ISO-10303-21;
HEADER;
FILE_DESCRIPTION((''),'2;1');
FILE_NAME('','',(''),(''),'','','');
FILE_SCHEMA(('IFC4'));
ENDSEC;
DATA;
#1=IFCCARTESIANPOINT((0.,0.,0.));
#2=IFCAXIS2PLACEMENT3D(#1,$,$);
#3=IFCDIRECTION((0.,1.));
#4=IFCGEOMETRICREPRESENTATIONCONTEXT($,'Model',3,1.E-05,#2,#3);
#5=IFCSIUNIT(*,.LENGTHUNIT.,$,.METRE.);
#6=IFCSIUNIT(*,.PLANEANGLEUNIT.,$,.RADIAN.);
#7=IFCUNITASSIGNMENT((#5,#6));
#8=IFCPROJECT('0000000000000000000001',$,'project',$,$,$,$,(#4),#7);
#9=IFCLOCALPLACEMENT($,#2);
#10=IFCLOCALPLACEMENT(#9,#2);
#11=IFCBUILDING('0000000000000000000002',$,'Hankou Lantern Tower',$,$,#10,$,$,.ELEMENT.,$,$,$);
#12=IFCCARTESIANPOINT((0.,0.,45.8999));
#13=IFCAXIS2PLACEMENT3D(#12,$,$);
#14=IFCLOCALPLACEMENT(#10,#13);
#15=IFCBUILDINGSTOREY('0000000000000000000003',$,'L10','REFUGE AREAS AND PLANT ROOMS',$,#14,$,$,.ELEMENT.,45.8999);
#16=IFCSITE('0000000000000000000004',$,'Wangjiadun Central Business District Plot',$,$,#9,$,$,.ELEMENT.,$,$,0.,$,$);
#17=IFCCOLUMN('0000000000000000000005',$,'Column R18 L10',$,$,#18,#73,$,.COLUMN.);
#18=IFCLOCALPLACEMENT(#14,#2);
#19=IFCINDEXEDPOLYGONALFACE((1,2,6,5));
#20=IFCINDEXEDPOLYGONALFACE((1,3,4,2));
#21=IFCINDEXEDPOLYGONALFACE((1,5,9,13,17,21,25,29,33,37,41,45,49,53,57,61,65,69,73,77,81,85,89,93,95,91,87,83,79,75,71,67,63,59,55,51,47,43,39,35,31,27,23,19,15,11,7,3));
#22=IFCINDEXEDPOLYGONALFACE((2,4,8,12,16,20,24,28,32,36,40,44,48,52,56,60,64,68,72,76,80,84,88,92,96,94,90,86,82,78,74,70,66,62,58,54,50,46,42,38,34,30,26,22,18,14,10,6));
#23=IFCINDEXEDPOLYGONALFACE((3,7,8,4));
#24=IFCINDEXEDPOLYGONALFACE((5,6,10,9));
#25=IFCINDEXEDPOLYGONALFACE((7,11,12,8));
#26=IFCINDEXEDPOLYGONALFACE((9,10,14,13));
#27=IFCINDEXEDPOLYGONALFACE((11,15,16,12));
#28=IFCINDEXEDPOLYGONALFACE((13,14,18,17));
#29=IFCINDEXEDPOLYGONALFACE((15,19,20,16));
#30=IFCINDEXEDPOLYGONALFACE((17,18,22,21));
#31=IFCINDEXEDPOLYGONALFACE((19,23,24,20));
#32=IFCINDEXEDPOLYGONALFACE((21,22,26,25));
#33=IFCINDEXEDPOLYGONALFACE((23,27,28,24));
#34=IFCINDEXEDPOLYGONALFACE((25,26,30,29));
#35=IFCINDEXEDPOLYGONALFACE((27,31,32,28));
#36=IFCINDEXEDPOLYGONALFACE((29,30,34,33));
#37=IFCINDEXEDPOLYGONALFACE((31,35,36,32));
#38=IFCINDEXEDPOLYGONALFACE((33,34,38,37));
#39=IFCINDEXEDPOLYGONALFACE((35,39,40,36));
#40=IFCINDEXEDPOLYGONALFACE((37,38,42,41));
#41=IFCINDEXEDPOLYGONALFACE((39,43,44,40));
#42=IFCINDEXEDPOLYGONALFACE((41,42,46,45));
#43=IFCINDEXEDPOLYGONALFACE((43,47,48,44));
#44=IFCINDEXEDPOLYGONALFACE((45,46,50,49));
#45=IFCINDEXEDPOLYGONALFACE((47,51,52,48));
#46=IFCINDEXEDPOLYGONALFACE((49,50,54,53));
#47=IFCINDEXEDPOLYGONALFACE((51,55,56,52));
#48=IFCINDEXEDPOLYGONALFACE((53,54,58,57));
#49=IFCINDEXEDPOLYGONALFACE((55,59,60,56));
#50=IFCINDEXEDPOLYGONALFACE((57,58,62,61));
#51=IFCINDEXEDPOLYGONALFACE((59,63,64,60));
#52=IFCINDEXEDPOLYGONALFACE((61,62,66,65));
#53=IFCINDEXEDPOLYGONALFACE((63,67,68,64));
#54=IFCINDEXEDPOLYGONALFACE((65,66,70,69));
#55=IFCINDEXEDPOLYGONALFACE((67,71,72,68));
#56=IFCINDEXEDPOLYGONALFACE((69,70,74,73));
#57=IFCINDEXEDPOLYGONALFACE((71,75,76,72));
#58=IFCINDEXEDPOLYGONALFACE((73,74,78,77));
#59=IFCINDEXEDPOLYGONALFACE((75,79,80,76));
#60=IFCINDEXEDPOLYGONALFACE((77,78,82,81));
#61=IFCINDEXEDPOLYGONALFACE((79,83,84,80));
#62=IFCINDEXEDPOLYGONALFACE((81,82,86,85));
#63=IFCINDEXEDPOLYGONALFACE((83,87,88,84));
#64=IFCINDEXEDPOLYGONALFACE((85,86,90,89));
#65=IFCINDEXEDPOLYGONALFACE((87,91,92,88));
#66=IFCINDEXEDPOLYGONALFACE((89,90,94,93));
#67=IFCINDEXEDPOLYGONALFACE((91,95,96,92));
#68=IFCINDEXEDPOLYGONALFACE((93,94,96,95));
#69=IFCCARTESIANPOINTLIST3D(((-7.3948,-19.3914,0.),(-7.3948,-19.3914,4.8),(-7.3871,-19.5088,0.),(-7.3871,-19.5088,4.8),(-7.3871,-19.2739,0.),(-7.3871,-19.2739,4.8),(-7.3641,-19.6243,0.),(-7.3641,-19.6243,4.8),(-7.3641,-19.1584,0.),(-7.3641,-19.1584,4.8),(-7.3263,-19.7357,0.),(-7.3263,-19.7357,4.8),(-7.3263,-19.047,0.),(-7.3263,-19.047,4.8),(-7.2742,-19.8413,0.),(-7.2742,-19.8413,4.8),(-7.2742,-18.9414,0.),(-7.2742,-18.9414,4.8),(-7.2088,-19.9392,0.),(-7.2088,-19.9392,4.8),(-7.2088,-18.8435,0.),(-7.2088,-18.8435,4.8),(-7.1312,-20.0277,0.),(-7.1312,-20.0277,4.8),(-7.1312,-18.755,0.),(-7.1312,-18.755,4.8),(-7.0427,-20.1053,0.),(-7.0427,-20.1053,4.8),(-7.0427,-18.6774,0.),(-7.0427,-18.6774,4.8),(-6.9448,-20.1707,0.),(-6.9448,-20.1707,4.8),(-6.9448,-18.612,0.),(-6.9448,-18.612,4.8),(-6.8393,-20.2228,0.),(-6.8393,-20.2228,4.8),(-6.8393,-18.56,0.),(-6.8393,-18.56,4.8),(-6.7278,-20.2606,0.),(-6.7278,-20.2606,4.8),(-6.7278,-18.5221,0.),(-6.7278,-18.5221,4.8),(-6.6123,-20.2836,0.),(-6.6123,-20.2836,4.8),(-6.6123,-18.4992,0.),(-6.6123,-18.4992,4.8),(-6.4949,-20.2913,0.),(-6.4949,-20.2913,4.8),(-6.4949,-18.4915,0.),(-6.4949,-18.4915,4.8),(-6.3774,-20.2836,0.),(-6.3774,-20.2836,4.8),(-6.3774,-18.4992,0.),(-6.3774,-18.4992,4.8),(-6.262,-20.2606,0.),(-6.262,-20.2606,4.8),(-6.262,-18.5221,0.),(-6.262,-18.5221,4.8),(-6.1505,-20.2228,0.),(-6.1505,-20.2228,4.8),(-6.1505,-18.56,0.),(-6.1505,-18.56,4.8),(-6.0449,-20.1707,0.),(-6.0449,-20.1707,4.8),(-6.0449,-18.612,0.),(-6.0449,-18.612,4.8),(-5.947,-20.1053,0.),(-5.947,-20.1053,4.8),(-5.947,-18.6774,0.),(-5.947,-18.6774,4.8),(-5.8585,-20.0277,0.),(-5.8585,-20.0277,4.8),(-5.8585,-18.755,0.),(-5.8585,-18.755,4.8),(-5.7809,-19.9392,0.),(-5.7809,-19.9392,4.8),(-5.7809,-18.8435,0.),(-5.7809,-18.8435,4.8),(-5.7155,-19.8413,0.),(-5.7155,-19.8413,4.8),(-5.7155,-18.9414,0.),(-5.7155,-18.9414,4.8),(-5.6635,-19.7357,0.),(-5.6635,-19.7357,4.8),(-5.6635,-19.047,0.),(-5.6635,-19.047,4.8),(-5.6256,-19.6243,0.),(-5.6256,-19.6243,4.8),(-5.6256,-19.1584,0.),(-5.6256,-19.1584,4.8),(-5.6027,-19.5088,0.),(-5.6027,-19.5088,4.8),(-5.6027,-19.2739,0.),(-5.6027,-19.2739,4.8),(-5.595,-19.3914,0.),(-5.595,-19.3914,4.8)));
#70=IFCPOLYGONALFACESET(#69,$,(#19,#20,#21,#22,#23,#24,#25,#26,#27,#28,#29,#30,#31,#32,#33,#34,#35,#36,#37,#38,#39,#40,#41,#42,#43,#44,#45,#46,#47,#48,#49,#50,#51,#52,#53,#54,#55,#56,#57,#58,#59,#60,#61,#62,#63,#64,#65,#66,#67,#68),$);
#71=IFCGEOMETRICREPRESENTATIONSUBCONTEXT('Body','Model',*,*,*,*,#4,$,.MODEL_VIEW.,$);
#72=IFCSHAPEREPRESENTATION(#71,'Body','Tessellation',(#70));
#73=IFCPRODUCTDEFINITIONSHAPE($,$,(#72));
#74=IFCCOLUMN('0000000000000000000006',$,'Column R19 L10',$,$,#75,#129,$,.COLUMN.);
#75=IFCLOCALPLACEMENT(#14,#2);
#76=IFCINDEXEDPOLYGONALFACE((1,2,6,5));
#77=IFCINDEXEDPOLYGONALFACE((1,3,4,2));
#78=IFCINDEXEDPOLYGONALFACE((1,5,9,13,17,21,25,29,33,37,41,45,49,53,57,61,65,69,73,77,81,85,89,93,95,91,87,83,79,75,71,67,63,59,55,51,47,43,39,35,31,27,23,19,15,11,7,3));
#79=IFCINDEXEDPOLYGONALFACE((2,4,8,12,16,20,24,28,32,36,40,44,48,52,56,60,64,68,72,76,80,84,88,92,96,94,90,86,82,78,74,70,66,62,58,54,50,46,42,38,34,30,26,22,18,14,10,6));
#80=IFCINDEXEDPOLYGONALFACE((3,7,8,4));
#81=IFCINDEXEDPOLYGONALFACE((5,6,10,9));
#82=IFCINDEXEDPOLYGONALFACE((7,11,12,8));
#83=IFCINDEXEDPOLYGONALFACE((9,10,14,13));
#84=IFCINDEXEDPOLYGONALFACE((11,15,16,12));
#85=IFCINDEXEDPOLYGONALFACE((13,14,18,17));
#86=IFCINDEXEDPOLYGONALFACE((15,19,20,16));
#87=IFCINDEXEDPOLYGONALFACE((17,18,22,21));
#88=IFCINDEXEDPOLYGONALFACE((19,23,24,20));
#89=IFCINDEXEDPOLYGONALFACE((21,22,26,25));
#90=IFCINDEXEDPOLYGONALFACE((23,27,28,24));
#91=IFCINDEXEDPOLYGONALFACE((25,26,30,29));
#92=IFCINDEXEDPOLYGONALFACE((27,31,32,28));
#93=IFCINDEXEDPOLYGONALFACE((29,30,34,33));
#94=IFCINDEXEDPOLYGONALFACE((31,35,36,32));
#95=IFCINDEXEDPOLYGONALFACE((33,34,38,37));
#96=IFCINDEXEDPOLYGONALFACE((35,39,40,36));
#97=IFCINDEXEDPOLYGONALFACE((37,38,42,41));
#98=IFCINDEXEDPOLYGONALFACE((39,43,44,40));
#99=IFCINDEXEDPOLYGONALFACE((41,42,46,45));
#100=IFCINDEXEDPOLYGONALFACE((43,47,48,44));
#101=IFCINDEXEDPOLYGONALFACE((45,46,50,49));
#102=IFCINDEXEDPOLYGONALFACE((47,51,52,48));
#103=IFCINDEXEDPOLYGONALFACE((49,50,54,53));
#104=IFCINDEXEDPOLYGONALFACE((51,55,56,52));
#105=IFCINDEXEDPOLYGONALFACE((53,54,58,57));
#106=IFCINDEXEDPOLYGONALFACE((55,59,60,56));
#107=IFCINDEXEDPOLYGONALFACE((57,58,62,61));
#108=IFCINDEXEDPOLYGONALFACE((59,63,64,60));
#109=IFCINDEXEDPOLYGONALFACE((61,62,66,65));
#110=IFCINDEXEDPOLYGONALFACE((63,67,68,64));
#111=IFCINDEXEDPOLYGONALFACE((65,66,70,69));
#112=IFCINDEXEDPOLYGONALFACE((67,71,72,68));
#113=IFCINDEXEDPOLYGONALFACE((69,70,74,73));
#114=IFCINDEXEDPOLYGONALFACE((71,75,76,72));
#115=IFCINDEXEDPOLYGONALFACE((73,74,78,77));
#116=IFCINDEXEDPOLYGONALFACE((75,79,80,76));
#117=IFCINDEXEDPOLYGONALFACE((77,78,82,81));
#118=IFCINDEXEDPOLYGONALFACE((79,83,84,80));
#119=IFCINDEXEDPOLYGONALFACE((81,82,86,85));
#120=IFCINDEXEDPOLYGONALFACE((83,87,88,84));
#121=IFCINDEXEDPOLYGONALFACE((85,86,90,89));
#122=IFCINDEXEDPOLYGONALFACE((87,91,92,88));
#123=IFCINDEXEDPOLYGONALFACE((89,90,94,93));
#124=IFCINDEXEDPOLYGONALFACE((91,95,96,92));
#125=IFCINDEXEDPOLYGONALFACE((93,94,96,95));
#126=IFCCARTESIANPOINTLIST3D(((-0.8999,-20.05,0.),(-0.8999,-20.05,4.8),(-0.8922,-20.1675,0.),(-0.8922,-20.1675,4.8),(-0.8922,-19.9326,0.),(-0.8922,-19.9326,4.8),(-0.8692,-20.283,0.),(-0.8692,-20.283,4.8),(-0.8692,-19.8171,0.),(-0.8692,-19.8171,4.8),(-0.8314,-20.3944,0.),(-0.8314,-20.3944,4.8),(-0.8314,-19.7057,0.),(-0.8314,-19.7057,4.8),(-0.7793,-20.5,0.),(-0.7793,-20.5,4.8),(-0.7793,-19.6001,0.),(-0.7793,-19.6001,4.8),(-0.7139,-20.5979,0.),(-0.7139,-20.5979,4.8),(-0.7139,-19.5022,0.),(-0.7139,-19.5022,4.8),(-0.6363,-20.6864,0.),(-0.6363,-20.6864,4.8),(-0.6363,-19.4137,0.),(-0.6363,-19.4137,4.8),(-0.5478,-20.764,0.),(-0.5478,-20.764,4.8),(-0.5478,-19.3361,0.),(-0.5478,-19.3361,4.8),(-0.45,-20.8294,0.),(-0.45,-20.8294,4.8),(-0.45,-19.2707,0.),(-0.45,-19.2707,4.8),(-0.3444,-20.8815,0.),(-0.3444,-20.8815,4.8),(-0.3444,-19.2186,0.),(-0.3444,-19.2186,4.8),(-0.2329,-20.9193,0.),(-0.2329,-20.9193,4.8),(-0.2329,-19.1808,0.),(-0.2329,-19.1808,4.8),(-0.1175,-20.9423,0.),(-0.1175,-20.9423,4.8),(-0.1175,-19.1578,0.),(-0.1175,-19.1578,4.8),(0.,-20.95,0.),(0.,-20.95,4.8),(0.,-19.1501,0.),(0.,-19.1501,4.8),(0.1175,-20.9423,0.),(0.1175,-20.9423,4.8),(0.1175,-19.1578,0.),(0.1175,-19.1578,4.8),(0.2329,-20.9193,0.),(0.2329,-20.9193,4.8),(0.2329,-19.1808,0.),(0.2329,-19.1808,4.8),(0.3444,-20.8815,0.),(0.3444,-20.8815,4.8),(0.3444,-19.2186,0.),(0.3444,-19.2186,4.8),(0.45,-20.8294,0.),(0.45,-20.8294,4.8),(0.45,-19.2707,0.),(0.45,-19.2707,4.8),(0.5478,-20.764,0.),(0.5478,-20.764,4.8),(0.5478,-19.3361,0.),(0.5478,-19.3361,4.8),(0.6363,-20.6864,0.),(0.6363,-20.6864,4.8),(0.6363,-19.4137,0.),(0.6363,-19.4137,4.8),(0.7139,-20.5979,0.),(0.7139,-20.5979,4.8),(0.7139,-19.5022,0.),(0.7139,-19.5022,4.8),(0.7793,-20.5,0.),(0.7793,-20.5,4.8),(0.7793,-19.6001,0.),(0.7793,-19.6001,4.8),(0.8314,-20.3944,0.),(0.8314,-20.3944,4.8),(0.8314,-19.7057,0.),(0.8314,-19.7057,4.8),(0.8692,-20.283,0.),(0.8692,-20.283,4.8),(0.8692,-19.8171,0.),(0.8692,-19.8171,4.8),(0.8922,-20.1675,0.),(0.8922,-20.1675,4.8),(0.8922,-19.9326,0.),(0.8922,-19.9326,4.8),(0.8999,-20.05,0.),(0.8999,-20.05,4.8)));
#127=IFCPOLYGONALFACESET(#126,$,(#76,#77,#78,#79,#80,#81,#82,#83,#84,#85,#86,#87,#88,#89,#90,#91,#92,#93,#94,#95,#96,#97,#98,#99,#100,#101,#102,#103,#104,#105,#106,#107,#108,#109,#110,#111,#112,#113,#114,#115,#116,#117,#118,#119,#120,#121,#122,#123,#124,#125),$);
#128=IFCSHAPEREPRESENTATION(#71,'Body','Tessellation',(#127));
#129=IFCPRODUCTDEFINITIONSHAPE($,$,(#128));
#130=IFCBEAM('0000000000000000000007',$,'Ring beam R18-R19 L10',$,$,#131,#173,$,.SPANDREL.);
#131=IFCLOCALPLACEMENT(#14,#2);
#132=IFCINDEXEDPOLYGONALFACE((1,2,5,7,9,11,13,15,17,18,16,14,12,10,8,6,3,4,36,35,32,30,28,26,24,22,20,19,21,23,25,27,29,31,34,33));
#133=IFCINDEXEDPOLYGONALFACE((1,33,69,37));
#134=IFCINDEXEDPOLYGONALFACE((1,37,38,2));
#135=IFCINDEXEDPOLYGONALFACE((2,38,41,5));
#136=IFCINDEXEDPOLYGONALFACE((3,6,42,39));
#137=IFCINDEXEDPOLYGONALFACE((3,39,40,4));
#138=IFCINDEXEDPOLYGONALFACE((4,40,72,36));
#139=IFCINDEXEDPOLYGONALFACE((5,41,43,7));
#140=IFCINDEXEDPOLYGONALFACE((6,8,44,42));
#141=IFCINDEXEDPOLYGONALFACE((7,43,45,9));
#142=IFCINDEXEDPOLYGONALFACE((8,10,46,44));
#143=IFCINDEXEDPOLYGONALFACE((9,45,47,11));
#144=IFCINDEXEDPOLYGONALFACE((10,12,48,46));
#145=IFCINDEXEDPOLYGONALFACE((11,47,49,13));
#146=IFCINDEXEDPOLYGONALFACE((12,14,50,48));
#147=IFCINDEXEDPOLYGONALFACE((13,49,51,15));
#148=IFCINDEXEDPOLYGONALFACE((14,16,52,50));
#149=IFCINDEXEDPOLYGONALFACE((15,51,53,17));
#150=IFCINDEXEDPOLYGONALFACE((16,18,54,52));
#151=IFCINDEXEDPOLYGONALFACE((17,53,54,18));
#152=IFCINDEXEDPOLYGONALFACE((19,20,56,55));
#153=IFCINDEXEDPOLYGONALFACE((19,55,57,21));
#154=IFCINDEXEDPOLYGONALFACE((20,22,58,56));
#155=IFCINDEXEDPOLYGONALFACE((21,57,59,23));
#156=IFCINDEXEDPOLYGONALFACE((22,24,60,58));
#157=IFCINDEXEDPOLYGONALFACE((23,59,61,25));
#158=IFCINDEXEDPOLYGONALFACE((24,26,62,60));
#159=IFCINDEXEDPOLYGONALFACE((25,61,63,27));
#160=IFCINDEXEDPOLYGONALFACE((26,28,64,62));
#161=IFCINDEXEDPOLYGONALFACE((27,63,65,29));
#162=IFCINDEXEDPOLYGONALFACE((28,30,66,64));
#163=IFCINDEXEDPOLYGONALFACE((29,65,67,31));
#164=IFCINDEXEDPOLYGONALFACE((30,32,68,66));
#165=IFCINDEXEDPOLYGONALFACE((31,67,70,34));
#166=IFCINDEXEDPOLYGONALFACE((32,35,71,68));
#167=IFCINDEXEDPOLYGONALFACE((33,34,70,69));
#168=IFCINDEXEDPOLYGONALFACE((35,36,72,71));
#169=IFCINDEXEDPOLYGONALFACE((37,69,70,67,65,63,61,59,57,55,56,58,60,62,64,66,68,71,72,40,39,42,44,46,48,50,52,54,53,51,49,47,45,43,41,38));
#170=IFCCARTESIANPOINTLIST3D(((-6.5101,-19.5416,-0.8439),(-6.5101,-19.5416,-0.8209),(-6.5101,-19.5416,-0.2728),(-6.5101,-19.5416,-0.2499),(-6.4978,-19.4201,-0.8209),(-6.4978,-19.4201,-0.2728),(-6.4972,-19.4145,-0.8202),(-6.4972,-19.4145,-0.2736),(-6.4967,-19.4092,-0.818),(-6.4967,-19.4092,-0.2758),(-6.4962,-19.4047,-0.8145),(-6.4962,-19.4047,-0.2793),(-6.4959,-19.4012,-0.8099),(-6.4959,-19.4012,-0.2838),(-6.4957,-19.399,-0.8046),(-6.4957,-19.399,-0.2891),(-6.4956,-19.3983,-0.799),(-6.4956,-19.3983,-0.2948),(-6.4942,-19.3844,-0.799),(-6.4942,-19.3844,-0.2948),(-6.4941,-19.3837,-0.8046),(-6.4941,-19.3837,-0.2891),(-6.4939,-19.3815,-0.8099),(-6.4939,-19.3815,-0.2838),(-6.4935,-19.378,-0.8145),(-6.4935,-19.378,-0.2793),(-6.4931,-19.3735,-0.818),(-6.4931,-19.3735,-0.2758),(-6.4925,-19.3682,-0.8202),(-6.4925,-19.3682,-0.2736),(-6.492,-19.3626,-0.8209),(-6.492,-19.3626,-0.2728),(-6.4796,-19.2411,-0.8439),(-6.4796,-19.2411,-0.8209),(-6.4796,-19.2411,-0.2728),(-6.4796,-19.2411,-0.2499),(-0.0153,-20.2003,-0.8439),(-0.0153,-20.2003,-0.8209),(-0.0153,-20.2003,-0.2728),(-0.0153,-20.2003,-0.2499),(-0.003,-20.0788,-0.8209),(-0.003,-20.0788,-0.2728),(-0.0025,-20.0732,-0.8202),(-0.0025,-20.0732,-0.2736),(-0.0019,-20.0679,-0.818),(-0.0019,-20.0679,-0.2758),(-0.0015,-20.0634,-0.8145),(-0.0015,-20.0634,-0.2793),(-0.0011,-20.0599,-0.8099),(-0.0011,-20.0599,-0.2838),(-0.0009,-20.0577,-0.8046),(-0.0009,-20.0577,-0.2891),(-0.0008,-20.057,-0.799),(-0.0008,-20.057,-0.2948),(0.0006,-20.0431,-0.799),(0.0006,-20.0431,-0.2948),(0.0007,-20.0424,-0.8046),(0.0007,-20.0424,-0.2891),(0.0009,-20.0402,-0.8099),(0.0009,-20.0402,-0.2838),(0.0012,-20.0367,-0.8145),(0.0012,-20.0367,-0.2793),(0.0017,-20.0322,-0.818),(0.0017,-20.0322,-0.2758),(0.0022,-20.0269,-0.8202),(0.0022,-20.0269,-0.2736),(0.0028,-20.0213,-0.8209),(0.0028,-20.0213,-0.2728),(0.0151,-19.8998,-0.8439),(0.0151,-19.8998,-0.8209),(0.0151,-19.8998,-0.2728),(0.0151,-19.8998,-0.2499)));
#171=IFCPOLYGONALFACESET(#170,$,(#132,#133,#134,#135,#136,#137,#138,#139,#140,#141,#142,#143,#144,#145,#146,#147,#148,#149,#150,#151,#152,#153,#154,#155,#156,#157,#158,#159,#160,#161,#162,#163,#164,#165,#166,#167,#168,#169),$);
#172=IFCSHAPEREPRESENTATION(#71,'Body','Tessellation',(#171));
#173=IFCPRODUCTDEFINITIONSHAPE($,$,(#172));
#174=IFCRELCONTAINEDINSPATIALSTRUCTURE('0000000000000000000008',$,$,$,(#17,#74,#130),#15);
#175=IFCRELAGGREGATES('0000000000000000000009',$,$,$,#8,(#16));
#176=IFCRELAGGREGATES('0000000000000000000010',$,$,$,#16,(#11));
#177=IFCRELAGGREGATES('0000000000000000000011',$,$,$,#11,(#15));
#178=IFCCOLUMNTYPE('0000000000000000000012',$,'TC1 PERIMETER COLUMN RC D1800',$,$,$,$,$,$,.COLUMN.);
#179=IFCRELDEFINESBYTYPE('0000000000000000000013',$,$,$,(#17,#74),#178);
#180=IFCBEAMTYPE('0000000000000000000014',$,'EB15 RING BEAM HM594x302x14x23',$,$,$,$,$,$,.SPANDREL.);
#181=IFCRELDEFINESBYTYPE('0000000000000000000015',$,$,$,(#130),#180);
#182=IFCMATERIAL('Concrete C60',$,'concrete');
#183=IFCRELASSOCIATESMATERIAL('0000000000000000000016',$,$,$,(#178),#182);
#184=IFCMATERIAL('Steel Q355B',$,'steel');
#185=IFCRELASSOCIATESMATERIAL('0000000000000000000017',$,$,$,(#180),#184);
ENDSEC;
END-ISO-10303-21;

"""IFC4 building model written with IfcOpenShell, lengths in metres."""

from ifc_helpers import new_model, si_unit, direction, frame, origin, origin_2d, place, context, subcontext, project, spatial, circle, i_section, extrude, material, material_profile, profile_set, type_object, element, save


model = new_model("IFC4")

# Units and contexts
model_context = context("Model", 3, precision=1e-05, world=origin(), true_north=direction((0.0, 1.0)))
body_context = subcontext(model_context, "Body", "Model", "MODEL_VIEW")
ifc_project = project(units=[si_unit("LENGTHUNIT", "METRE"), si_unit("PLANEANGLEUNIT", "RADIAN")], contexts=[model_context])

# Site, building, storey
site_placement = place(None, origin())
site = spatial("IfcSite", under=ifc_project, at=site_placement, Name="Wangjiadun Central Business District Plot", CompositionType="ELEMENT", RefElevation=0.0)
building_placement = place(site_placement, origin())
building = spatial("IfcBuilding", under=site, at=building_placement, Name="Hankou Lantern Tower", CompositionType="ELEMENT")
storey_placement = place(building_placement, frame((0.0, 0.0, 45.8999)))
storey = spatial("IfcBuildingStorey", under=building, at=storey_placement, Name="L10", Description="REFUGE AREAS AND PLANT ROOMS", CompositionType="ELEMENT", Elevation=45.8999)

# Columns
ifc_material_1 = material(Name="Concrete C60", Category="concrete")
ifc_material_profile_1 = material_profile(ifc_material_1, circle(Radius=0.8999, at=origin_2d()), Name="RC D1800")
ifc_profile_set_1 = profile_set([ifc_material_profile_1], Name="Concrete C60")
column_type = type_object("IfcColumnType", Name="TC1 PERIMETER COLUMN RC D1800", PredefinedType="COLUMN", material=ifc_profile_set_1)
for number, where, z_axis, x_axis, name in (
    (1, (-6.4949, -19.3914, 0.0), (0.0, 0.0, 1.0), (1.0, 0.0, 0.0), "Column R18 L10"),
    (2, (0.0, -20.05, 0.0), (0.0, 0.0, 1.0), (1.0, 0.0, 0.0), "Column R19 L10"),
):
    element("IfcColumn", number, at=place(storey_placement, frame(where, z_axis=z_axis, x_axis=x_axis)), inside=storey, type_object=column_type, Name=name, PredefinedType="COLUMN", context=body_context, shape_type="SweptSolid", body=[
        extrude(circle(Radius=0.8999, at=origin_2d()), origin(), (0.0, 0.0, 1.0), 4.8),
    ])

# Beam
ifc_material_2 = material(Name="Steel Q355B", Category="steel")
ifc_material_profile_2 = material_profile(ifc_material_2, i_section(OverallWidth=0.302, OverallDepth=0.594, WebThickness=0.0139, FlangeThickness=0.0229, FilletRadius=0.022, at=origin_2d()), Name="HM594x302x14x23")
ifc_profile_set_2 = profile_set([ifc_material_profile_2], Name="Steel Q355B")
beam_type_1 = type_object("IfcBeamType", Name="EB15 RING BEAM HM594x302x14x23", PredefinedType="SPANDREL", material=ifc_profile_set_2)
beam_1_placement = place(storey_placement, frame((-6.4949, -19.3914, -0.5469), z_axis=(0.994897, -0.1009, 0.0), x_axis=(0.1009, 0.994897, 0.0)))
element("IfcBeam", 3, at=beam_1_placement, inside=storey, type_object=beam_type_1, Name="Ring beam R18-R19 L10", PredefinedType="SPANDREL", context=body_context, shape_type="SweptSolid", body=[
    extrude(i_section(OverallWidth=0.302, OverallDepth=0.594, WebThickness=0.0139, FlangeThickness=0.0229, FilletRadius=0.022, at=origin_2d()), origin(), (0.0, 0.0, 1.0), 6.5281),
])

save(model, "model.ifc")
